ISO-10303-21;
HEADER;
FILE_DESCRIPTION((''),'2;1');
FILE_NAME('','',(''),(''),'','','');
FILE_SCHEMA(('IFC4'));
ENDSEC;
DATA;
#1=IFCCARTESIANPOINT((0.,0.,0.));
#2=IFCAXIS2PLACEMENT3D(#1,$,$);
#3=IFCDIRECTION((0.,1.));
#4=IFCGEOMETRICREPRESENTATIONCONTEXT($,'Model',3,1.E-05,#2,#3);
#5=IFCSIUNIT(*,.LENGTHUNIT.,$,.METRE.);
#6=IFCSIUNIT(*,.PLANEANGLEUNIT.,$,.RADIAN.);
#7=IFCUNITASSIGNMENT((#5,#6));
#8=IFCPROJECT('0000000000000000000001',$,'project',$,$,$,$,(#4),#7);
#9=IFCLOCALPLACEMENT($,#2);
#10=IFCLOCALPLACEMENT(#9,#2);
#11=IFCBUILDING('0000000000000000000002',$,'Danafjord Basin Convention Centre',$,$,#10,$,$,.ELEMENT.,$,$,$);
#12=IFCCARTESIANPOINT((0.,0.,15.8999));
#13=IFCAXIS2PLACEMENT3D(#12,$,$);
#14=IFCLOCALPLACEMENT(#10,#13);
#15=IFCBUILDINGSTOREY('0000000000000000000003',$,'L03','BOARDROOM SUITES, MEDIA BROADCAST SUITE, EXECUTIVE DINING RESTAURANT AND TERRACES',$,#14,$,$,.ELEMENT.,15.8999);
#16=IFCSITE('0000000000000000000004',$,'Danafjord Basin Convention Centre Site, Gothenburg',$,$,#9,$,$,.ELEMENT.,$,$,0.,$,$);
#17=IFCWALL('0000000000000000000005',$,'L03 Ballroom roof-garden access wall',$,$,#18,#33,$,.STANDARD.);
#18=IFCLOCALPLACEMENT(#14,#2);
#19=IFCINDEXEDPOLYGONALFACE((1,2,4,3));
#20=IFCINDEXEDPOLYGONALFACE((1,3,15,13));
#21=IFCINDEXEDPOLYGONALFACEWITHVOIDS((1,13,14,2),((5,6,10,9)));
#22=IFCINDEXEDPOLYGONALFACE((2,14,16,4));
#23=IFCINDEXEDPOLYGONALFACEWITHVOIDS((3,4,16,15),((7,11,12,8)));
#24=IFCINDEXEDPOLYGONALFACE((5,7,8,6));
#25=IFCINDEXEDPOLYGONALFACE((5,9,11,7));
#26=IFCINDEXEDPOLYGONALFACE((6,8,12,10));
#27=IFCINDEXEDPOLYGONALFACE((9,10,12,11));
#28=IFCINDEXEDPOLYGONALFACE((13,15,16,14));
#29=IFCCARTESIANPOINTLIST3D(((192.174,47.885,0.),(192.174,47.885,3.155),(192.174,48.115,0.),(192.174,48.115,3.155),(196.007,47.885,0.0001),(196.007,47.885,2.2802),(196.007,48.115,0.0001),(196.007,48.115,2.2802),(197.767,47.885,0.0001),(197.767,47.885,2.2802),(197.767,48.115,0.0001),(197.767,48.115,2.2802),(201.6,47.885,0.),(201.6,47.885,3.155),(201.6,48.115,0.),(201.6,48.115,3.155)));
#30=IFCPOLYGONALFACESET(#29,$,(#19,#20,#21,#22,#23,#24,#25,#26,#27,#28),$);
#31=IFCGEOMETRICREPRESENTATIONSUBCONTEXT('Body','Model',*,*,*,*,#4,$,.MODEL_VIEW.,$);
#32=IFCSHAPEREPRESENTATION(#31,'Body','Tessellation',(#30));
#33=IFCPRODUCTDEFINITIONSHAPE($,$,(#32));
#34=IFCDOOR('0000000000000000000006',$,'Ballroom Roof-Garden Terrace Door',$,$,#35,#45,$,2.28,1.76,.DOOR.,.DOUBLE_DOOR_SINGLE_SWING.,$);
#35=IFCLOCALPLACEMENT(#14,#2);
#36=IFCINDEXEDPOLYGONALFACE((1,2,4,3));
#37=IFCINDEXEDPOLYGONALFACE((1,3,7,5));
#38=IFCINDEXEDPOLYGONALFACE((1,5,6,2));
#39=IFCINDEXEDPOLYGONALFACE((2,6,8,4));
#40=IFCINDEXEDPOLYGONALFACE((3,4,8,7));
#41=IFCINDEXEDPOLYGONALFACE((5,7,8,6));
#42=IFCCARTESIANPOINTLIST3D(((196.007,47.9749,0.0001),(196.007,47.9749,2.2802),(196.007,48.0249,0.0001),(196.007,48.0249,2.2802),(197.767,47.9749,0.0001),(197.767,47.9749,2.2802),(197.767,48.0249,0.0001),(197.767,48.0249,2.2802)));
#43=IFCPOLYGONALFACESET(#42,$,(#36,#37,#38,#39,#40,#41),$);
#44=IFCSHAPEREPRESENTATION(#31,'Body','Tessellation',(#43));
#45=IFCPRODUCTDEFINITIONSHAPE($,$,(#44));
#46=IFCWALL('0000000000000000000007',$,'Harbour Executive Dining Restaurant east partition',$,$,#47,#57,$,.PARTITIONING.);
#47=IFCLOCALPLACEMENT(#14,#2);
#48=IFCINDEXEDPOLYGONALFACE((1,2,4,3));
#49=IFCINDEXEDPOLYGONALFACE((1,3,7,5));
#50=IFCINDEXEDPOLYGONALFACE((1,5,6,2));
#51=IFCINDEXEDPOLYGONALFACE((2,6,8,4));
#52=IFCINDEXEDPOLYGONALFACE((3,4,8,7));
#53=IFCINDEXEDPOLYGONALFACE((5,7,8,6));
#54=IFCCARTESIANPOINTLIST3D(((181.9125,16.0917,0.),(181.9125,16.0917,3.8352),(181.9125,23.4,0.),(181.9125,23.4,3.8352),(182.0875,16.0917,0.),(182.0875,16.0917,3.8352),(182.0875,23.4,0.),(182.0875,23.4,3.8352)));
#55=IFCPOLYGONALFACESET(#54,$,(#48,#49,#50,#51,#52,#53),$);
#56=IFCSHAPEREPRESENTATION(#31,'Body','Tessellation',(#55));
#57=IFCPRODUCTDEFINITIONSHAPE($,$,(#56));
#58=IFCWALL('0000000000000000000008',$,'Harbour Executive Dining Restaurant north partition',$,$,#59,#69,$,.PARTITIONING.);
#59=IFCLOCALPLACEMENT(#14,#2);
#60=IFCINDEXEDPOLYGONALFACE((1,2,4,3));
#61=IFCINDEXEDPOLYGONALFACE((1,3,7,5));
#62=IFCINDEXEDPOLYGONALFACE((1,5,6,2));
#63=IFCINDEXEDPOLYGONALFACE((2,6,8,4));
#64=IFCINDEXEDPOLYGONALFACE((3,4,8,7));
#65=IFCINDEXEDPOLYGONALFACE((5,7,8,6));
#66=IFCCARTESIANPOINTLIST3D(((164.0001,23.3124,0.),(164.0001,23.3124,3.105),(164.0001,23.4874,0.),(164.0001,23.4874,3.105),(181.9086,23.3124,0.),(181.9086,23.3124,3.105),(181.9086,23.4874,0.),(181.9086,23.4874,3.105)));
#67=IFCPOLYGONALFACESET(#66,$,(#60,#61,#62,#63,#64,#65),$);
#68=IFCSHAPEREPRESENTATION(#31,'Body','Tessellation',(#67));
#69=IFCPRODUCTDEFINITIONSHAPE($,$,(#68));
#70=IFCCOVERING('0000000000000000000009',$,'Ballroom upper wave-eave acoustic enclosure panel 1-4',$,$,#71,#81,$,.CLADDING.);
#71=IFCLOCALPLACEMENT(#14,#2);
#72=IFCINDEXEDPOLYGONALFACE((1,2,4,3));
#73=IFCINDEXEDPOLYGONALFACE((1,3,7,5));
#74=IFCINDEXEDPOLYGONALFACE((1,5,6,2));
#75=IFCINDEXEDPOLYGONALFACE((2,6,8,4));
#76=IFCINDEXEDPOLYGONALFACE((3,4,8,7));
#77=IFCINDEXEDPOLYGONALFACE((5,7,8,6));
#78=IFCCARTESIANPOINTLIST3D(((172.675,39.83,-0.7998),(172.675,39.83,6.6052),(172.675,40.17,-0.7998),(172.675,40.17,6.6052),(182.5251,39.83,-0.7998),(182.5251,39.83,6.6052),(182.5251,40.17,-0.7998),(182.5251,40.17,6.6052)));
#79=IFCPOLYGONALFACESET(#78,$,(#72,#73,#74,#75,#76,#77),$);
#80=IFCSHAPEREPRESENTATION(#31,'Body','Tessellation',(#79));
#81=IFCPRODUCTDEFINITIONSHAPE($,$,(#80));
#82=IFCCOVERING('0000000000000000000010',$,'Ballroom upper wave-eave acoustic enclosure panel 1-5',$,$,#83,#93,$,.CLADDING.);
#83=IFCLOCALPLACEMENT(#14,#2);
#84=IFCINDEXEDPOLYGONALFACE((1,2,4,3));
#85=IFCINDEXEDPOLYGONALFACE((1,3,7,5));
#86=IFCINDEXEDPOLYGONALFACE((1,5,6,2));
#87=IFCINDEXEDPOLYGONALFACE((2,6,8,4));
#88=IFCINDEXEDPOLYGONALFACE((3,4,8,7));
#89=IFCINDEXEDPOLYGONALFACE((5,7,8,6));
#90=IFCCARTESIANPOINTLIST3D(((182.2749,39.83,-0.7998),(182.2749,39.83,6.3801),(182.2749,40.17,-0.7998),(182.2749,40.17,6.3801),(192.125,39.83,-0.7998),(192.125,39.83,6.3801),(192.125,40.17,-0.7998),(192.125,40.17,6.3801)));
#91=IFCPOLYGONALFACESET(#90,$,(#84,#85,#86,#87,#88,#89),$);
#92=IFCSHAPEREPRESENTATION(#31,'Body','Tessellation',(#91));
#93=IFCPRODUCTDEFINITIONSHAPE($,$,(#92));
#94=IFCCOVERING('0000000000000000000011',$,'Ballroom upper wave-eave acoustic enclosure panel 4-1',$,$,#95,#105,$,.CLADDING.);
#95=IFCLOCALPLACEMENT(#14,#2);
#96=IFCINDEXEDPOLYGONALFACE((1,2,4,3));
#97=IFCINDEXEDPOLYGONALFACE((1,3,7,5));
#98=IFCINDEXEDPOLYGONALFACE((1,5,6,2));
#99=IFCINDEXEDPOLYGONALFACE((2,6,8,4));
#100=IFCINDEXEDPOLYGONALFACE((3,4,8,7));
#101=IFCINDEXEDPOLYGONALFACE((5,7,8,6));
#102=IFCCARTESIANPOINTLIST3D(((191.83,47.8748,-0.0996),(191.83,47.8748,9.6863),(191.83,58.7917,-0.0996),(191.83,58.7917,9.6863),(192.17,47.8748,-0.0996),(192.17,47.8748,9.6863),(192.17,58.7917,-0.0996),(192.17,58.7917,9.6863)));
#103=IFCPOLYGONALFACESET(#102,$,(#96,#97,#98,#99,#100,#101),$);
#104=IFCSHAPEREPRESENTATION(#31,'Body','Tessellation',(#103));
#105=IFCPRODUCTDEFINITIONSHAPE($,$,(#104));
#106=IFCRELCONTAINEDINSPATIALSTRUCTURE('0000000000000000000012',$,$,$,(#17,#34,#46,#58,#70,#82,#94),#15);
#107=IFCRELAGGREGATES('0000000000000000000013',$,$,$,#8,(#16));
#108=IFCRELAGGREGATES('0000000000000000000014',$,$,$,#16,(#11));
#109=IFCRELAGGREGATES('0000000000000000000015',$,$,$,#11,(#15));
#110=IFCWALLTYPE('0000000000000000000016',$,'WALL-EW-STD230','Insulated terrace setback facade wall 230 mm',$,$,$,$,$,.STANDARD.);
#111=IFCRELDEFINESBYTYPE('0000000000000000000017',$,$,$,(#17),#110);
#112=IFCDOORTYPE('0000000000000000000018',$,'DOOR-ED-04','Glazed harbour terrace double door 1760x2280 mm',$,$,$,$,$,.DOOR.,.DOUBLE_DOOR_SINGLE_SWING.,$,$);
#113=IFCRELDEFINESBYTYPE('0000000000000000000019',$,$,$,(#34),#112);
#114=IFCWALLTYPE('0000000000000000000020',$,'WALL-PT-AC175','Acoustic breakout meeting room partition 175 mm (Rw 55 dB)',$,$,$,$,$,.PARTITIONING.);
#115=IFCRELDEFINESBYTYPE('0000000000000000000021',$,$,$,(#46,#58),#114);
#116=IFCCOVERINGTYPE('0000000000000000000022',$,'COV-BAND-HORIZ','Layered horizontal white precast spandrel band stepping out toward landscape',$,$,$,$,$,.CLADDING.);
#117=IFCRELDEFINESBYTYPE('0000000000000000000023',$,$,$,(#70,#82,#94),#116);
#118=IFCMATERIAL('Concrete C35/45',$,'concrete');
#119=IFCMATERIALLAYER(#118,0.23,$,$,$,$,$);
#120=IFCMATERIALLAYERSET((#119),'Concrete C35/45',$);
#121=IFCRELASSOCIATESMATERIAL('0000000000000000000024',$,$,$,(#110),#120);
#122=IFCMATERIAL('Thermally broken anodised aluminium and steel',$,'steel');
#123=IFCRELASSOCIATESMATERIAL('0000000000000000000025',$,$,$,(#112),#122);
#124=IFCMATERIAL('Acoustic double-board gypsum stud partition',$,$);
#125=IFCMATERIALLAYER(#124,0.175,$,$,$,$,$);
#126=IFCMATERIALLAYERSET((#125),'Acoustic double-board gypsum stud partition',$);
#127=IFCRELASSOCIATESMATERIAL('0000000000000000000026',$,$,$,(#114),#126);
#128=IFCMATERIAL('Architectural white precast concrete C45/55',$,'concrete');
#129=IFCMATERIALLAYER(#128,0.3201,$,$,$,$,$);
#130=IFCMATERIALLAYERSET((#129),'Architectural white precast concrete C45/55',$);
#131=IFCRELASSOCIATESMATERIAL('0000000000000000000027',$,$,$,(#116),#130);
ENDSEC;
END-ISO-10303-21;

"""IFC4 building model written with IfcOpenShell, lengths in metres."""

from ifc_helpers import new_model, si_unit, direction, frame, frame_2d, origin, origin_2d, place, context, subcontext, project, spatial, rectangle, extrude, material, layer, layer_set, type_object, element, fill, save


model = new_model("IFC4")

# Units and contexts
model_context = context("Model", 3, precision=1e-05, world=origin(), true_north=direction((0.0, 1.0)))
body_context = subcontext(model_context, "Body", "Model", "MODEL_VIEW")
ifc_project = project(units=[si_unit("LENGTHUNIT", "METRE"), si_unit("PLANEANGLEUNIT", "RADIAN")], contexts=[model_context])

# Site, building, storey
site_placement = place(None, origin())
site = spatial("IfcSite", under=ifc_project, at=site_placement, Name="Danafjord Basin Convention Centre Site, Gothenburg", CompositionType="ELEMENT", RefElevation=0.0)
building_placement = place(site_placement, origin())
building = spatial("IfcBuilding", under=site, at=building_placement, Name="Danafjord Basin Convention Centre", CompositionType="ELEMENT")
storey_placement = place(building_placement, frame((0.0, 0.0, 15.8999)))
storey = spatial("IfcBuildingStorey", under=building, at=storey_placement, Name="L03", Description="BOARDROOM SUITES, MEDIA BROADCAST SUITE, EXECUTIVE DINING RESTAURANT AND TERRACES", CompositionType="ELEMENT", Elevation=15.8999)

# Wall, opening, door
ifc_material_1 = material(Name="Concrete C35/45", Category="concrete")
ifc_layer_1 = layer(ifc_material_1, 0.23)
ifc_layer_set_1 = layer_set([ifc_layer_1], Name="Concrete C35/45")
wall_type_1 = type_object("IfcWallType", Name="WALL-EW-STD230", Description="Insulated terrace setback facade wall 230 mm", PredefinedType="STANDARD", material=ifc_layer_set_1)
wall_1_placement = place(storey_placement, frame((192.1741, 48.0, 0.0), z_axis=(0.0, 0.0, 1.0), x_axis=(1.0, 0.0, 0.0)))
wall_1 = element("IfcWall", 1, at=wall_1_placement, inside=storey, type_object=wall_type_1, Name="L03 Ballroom roof-garden access wall", PredefinedType="STANDARD", context=body_context, shape_type="SweptSolid", body=[
    extrude(rectangle(XDim=9.426, YDim=0.23, at=frame_2d((4.7129, 0.0))), origin(), (0.0, 0.0, 1.0), 3.155),
])
opening_1_placement = place(wall_1_placement, frame((3.833, 0.0, 0.0)))
opening_1 = element("IfcOpeningElement", 2, at=opening_1_placement, cuts=wall_1, PredefinedType="OPENING", context=body_context, shape_type="SweptSolid", body=[
    extrude(rectangle(XDim=1.76, YDim=2.28, at=frame_2d((0.8799, 1.1401))), frame((0.0, 0.125, 0.0), z_axis=(0.0, -1.0, 0.0), x_axis=(1.0, 0.0, 0.0)), (0.0, 0.0, 1.0), 0.25),
])
ifc_material_2 = material(Name="Thermally broken anodised aluminium and steel", Category="steel")
door_type_1 = type_object("IfcDoorType", Name="DOOR-ED-04", Description="Glazed harbour terrace double door 1760x2280 mm", OperationType="DOUBLE_DOOR_SINGLE_SWING", PredefinedType="DOOR", material=ifc_material_2)
door_1_placement = place(opening_1_placement, origin())
door_1 = element("IfcDoor", 3, at=door_1_placement, inside=storey, type_object=door_type_1, Name="Ballroom Roof-Garden Terrace Door", OperationType="DOUBLE_DOOR_SINGLE_SWING", OverallHeight=2.28, OverallWidth=1.76, PredefinedType="DOOR", context=body_context, shape_type="SweptSolid", body=[
    extrude(rectangle(XDim=1.76, YDim=2.28, at=frame_2d((0.8799, 1.1401))), frame((0.0, 0.0249, 0.0), z_axis=(0.0, -1.0, 0.0), x_axis=(1.0, 0.0, 0.0)), (0.0, 0.0, 1.0), 0.05),
])
fill(opening_1, door_1)

# Walls
ifc_material_3 = material(Name="Acoustic double-board gypsum stud partition")
ifc_layer_2 = layer(ifc_material_3, 0.175)
ifc_layer_set_2 = layer_set([ifc_layer_2], Name="Acoustic double-board gypsum stud partition")
wall_type_2 = type_object("IfcWallType", Name="WALL-PT-AC175", Description="Acoustic breakout meeting room partition 175 mm (Rw 55 dB)", PredefinedType="PARTITIONING", material=ifc_layer_set_2)
wall_2_placement = place(storey_placement, frame((182.0, 16.0916, 0.0), z_axis=(0.0, 0.0, 1.0), x_axis=(0.0, 1.0, 0.0)))
element("IfcWall", 4, at=wall_2_placement, inside=storey, type_object=wall_type_2, Name="Harbour Executive Dining Restaurant east partition", PredefinedType="PARTITIONING", context=body_context, shape_type="SweptSolid", body=[
    extrude(rectangle(XDim=7.3083, YDim=0.175, at=frame_2d((3.6543, 0.0))), origin(), (0.0, 0.0, 1.0), 3.8352),
])
wall_3_placement = place(storey_placement, frame((181.9084, 23.3999, 0.0), z_axis=(0.0, 0.0, 1.0), x_axis=(-1.0, 0.0, 0.0)))
element("IfcWall", 5, at=wall_3_placement, inside=storey, type_object=wall_type_2, Name="Harbour Executive Dining Restaurant north partition", PredefinedType="PARTITIONING", context=body_context, shape_type="SweptSolid", body=[
    extrude(rectangle(XDim=17.9084, YDim=0.175, at=frame_2d((8.9541, 0.0))), origin(), (0.0, 0.0, 1.0), 3.105),
])

# Coverings
ifc_material_4 = material(Name="Architectural white precast concrete C45/55", Category="concrete")
ifc_layer_3 = layer(ifc_material_4, 0.3201)
ifc_layer_set_3 = layer_set([ifc_layer_3], Name="Architectural white precast concrete C45/55")
covering_type = type_object("IfcCoveringType", Name="COV-BAND-HORIZ", Description="Layered horizontal white precast spandrel band stepping out toward landscape", PredefinedType="CLADDING", material=ifc_layer_set_3)
covering_1_placement = place(storey_placement, frame((177.6001, 40.0, -0.7998), z_axis=(0.0, 0.0, 1.0), x_axis=(1.0, 0.0, 0.0)))
element("IfcCovering", 6, at=covering_1_placement, inside=storey, type_object=covering_type, Name="Ballroom upper wave-eave acoustic enclosure panel 1-4", PredefinedType="CLADDING", context=body_context, shape_type="SweptSolid", body=[
    extrude(rectangle(XDim=9.8501, YDim=0.3401, at=origin_2d()), origin(), (0.0, 0.0, 1.0), 7.405),
])
covering_2_placement = place(storey_placement, frame((187.2, 40.0, -0.7998), z_axis=(0.0, 0.0, 1.0), x_axis=(1.0, 0.0, 0.0)))
element("IfcCovering", 7, at=covering_2_placement, inside=storey, type_object=covering_type, Name="Ballroom upper wave-eave acoustic enclosure panel 1-5", PredefinedType="CLADDING", context=body_context, shape_type="SweptSolid", body=[
    extrude(rectangle(XDim=9.8501, YDim=0.3401, at=origin_2d()), origin(), (0.0, 0.0, 1.0), 7.1799),
])
covering_3_placement = place(storey_placement, frame((192.0, 53.3333, -0.0996), z_axis=(0.0, 0.0, 1.0), x_axis=(0.0, 1.0, 0.0)))
element("IfcCovering", 8, at=covering_3_placement, inside=storey, type_object=covering_type, Name="Ballroom upper wave-eave acoustic enclosure panel 4-1", PredefinedType="CLADDING", context=body_context, shape_type="SweptSolid", body=[
    extrude(rectangle(XDim=10.917, YDim=0.3401, at=origin_2d()), origin(), (0.0, 0.0, 1.0), 9.7859),
])

save(model, "model.ifc")
